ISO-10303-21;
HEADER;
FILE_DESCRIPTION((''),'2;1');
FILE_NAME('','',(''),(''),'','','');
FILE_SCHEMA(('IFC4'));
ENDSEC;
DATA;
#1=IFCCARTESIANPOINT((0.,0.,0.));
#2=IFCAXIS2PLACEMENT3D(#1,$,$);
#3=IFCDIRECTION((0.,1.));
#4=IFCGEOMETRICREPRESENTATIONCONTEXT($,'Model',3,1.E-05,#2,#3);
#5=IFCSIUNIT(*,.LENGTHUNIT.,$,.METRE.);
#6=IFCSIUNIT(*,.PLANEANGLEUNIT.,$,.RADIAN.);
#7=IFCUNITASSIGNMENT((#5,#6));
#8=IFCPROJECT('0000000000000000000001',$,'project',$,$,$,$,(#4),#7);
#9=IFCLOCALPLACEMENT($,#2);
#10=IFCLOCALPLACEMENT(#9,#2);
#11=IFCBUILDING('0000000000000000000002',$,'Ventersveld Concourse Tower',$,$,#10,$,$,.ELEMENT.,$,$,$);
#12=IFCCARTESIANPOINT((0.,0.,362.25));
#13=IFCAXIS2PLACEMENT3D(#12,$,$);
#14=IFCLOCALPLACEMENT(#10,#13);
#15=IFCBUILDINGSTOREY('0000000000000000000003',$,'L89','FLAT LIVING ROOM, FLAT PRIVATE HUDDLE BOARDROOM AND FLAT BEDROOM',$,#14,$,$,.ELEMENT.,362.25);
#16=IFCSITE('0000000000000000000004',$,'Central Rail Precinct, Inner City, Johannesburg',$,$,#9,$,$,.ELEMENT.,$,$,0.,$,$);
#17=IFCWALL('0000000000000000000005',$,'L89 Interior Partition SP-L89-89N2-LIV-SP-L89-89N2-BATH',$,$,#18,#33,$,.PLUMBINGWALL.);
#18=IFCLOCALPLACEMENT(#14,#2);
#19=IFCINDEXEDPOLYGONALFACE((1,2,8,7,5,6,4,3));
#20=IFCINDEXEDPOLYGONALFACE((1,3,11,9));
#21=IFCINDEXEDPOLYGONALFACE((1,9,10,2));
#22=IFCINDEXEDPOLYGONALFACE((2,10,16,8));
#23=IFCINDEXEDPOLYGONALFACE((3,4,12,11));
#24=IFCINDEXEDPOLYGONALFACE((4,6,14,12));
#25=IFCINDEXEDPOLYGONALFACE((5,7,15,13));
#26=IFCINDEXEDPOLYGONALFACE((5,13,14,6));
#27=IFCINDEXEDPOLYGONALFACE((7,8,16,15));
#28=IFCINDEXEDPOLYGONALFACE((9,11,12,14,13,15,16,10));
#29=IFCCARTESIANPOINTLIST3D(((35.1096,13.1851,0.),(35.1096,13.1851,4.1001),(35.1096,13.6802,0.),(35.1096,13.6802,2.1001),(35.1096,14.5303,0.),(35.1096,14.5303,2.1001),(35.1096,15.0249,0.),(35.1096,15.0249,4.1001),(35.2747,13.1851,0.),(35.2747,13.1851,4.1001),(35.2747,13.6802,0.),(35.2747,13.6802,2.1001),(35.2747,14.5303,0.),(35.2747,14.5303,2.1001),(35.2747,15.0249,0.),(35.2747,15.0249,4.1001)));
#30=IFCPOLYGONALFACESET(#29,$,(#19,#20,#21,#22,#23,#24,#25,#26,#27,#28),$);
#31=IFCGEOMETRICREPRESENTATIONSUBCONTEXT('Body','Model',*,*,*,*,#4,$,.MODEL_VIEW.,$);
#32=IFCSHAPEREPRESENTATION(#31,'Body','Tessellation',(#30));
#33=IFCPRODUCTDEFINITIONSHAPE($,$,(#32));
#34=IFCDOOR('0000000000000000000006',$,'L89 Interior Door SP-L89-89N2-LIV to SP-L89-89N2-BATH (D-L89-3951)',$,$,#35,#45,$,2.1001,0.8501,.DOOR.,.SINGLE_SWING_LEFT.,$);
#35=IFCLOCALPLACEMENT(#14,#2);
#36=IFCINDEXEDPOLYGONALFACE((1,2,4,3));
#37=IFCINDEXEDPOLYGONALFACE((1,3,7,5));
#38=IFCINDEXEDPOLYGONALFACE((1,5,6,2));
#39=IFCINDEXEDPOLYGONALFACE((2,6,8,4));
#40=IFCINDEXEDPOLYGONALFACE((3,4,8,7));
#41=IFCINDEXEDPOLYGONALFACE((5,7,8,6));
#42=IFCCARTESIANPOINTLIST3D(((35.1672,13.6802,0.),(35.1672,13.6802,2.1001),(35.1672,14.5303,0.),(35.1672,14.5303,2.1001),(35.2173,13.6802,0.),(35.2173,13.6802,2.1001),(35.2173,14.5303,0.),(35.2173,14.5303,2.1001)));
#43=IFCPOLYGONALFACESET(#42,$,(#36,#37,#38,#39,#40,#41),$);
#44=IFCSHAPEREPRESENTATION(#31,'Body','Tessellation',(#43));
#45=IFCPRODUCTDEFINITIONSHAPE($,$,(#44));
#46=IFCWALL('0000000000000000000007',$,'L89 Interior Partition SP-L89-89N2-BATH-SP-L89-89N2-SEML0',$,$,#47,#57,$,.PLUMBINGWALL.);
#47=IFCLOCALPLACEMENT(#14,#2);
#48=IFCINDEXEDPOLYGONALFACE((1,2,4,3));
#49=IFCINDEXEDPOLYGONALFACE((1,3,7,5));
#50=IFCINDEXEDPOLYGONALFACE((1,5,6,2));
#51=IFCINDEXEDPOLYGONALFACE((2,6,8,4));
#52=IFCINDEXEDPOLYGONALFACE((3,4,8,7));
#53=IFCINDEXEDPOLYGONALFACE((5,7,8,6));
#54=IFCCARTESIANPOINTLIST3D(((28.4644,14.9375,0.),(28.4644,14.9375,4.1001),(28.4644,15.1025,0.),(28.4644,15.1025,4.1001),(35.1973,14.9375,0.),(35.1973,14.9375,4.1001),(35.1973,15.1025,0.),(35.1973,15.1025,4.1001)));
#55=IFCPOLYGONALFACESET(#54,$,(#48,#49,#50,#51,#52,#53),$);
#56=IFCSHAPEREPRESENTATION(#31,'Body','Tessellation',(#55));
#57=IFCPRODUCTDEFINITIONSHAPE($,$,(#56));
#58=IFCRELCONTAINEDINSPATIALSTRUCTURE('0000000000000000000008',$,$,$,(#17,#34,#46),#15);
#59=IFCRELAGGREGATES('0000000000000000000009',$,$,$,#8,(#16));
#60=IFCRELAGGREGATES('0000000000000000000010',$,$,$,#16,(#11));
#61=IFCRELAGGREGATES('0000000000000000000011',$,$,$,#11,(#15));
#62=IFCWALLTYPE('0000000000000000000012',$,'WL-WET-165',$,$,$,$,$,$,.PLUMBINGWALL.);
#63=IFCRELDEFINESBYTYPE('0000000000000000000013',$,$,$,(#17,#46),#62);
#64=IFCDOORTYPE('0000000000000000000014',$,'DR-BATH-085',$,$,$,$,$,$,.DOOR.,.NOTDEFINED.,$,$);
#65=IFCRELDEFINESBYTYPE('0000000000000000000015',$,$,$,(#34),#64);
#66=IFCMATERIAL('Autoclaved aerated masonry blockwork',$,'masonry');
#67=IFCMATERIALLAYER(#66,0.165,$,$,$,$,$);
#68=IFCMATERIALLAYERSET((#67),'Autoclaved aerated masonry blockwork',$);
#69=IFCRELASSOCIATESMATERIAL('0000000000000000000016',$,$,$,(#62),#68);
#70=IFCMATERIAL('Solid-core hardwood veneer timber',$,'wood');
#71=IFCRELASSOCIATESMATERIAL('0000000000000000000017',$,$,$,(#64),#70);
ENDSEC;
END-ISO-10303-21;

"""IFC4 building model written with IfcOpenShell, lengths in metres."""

from ifc_helpers import new_model, si_unit, direction, frame, frame_2d, origin, place, context, subcontext, project, spatial, rectangle, extrude, material, layer, layer_set, type_object, element, fill, save


model = new_model("IFC4")

# Units and contexts
model_context = context("Model", 3, precision=1e-05, world=origin(), true_north=direction((0.0, 1.0)))
body_context = subcontext(model_context, "Body", "Model", "MODEL_VIEW")
ifc_project = project(units=[si_unit("LENGTHUNIT", "METRE"), si_unit("PLANEANGLEUNIT", "RADIAN")], contexts=[model_context])

# Site, building, storey
site_placement = place(None, origin())
site = spatial("IfcSite", under=ifc_project, at=site_placement, Name="Central Rail Precinct, Inner City, Johannesburg", CompositionType="ELEMENT", RefElevation=0.0)
building_placement = place(site_placement, origin())
building = spatial("IfcBuilding", under=site, at=building_placement, Name="Ventersveld Concourse Tower", CompositionType="ELEMENT")
storey_placement = place(building_placement, frame((0.0, 0.0, 362.25)))
storey = spatial("IfcBuildingStorey", under=building, at=storey_placement, Name="L89", Description="FLAT LIVING ROOM, FLAT PRIVATE HUDDLE BOARDROOM AND FLAT BEDROOM", CompositionType="ELEMENT", Elevation=362.25)

# Shared definitions
ifc_material_1 = material(Name="Solid-core hardwood veneer timber", Category="wood")

# Shared definitions
ifc_material_2 = material(Name="Autoclaved aerated masonry blockwork", Category="masonry")

# Wall, opening, door
ifc_layer_1 = layer(ifc_material_2, 0.165)
ifc_layer_set_1 = layer_set([ifc_layer_1], Name="Autoclaved aerated masonry blockwork")
wall_type_1 = type_object("IfcWallType", Name="WL-WET-165", PredefinedType="PLUMBINGWALL", material=ifc_layer_set_1)
wall_1_placement = place(storey_placement, frame((35.1921, 13.1851, 0.0), z_axis=(0.0, 0.0, 1.0), x_axis=(0.0, 1.0, 0.0)))
wall_1 = element("IfcWall", 1, at=wall_1_placement, inside=storey, type_object=wall_type_1, Name="L89 Interior Partition SP-L89-89N2-LIV-SP-L89-89N2-BATH", PredefinedType="PLUMBINGWALL", context=body_context, shape_type="SweptSolid", body=[
    extrude(rectangle(XDim=1.8398, YDim=0.165, at=frame_2d((0.9199, 0.0))), origin(), (0.0, 0.0, 1.0), 4.1001),
])
opening_1_placement = place(wall_1_placement, frame((0.4951, 0.0, 0.0)))
opening_1 = element("IfcOpeningElement", 2, at=opening_1_placement, cuts=wall_1, PredefinedType="OPENING", context=body_context, shape_type="SweptSolid", body=[
    extrude(rectangle(XDim=0.8501, YDim=2.1001, at=frame_2d((0.425, 1.05))), frame((0.0, 0.0925, 0.0), z_axis=(0.0, -1.0, 0.0), x_axis=(1.0, 0.0, 0.0)), (0.0, 0.0, 1.0), 0.1851),
])
door_type_1 = type_object("IfcDoorType", Name="DR-BATH-085", OperationType="NOTDEFINED", PredefinedType="DOOR", material=ifc_material_1)
door_1_placement = place(opening_1_placement, origin())
door_1 = element("IfcDoor", 3, at=door_1_placement, inside=storey, type_object=door_type_1, Name="L89 Interior Door SP-L89-89N2-LIV to SP-L89-89N2-BATH (D-L89-3951)", OperationType="SINGLE_SWING_LEFT", OverallHeight=2.1001, OverallWidth=0.8501, PredefinedType="DOOR", context=body_context, shape_type="SweptSolid", body=[
    extrude(rectangle(XDim=0.8501, YDim=2.1001, at=frame_2d((0.425, 1.05))), frame((0.0, 0.0249, 0.0), z_axis=(0.0, -1.0, 0.0), x_axis=(1.0, 0.0, 0.0)), (0.0, 0.0, 1.0), 0.05),
])
fill(opening_1, door_1)

# Wall
wall_2_placement = place(storey_placement, frame((28.4644, 15.02, 0.0), z_axis=(0.0, 0.0, 1.0), x_axis=(1.0, 0.0, 0.0)))
element("IfcWall", 4, at=wall_2_placement, inside=storey, type_object=wall_type_1, Name="L89 Interior Partition SP-L89-89N2-BATH-SP-L89-89N2-SEML0", PredefinedType="PLUMBINGWALL", context=body_context, shape_type="SweptSolid", body=[
    extrude(rectangle(XDim=6.7329, YDim=0.165, at=frame_2d((3.3665, 0.0))), origin(), (0.0, 0.0, 1.0), 4.1001),
])

save(model, "model.ifc")
